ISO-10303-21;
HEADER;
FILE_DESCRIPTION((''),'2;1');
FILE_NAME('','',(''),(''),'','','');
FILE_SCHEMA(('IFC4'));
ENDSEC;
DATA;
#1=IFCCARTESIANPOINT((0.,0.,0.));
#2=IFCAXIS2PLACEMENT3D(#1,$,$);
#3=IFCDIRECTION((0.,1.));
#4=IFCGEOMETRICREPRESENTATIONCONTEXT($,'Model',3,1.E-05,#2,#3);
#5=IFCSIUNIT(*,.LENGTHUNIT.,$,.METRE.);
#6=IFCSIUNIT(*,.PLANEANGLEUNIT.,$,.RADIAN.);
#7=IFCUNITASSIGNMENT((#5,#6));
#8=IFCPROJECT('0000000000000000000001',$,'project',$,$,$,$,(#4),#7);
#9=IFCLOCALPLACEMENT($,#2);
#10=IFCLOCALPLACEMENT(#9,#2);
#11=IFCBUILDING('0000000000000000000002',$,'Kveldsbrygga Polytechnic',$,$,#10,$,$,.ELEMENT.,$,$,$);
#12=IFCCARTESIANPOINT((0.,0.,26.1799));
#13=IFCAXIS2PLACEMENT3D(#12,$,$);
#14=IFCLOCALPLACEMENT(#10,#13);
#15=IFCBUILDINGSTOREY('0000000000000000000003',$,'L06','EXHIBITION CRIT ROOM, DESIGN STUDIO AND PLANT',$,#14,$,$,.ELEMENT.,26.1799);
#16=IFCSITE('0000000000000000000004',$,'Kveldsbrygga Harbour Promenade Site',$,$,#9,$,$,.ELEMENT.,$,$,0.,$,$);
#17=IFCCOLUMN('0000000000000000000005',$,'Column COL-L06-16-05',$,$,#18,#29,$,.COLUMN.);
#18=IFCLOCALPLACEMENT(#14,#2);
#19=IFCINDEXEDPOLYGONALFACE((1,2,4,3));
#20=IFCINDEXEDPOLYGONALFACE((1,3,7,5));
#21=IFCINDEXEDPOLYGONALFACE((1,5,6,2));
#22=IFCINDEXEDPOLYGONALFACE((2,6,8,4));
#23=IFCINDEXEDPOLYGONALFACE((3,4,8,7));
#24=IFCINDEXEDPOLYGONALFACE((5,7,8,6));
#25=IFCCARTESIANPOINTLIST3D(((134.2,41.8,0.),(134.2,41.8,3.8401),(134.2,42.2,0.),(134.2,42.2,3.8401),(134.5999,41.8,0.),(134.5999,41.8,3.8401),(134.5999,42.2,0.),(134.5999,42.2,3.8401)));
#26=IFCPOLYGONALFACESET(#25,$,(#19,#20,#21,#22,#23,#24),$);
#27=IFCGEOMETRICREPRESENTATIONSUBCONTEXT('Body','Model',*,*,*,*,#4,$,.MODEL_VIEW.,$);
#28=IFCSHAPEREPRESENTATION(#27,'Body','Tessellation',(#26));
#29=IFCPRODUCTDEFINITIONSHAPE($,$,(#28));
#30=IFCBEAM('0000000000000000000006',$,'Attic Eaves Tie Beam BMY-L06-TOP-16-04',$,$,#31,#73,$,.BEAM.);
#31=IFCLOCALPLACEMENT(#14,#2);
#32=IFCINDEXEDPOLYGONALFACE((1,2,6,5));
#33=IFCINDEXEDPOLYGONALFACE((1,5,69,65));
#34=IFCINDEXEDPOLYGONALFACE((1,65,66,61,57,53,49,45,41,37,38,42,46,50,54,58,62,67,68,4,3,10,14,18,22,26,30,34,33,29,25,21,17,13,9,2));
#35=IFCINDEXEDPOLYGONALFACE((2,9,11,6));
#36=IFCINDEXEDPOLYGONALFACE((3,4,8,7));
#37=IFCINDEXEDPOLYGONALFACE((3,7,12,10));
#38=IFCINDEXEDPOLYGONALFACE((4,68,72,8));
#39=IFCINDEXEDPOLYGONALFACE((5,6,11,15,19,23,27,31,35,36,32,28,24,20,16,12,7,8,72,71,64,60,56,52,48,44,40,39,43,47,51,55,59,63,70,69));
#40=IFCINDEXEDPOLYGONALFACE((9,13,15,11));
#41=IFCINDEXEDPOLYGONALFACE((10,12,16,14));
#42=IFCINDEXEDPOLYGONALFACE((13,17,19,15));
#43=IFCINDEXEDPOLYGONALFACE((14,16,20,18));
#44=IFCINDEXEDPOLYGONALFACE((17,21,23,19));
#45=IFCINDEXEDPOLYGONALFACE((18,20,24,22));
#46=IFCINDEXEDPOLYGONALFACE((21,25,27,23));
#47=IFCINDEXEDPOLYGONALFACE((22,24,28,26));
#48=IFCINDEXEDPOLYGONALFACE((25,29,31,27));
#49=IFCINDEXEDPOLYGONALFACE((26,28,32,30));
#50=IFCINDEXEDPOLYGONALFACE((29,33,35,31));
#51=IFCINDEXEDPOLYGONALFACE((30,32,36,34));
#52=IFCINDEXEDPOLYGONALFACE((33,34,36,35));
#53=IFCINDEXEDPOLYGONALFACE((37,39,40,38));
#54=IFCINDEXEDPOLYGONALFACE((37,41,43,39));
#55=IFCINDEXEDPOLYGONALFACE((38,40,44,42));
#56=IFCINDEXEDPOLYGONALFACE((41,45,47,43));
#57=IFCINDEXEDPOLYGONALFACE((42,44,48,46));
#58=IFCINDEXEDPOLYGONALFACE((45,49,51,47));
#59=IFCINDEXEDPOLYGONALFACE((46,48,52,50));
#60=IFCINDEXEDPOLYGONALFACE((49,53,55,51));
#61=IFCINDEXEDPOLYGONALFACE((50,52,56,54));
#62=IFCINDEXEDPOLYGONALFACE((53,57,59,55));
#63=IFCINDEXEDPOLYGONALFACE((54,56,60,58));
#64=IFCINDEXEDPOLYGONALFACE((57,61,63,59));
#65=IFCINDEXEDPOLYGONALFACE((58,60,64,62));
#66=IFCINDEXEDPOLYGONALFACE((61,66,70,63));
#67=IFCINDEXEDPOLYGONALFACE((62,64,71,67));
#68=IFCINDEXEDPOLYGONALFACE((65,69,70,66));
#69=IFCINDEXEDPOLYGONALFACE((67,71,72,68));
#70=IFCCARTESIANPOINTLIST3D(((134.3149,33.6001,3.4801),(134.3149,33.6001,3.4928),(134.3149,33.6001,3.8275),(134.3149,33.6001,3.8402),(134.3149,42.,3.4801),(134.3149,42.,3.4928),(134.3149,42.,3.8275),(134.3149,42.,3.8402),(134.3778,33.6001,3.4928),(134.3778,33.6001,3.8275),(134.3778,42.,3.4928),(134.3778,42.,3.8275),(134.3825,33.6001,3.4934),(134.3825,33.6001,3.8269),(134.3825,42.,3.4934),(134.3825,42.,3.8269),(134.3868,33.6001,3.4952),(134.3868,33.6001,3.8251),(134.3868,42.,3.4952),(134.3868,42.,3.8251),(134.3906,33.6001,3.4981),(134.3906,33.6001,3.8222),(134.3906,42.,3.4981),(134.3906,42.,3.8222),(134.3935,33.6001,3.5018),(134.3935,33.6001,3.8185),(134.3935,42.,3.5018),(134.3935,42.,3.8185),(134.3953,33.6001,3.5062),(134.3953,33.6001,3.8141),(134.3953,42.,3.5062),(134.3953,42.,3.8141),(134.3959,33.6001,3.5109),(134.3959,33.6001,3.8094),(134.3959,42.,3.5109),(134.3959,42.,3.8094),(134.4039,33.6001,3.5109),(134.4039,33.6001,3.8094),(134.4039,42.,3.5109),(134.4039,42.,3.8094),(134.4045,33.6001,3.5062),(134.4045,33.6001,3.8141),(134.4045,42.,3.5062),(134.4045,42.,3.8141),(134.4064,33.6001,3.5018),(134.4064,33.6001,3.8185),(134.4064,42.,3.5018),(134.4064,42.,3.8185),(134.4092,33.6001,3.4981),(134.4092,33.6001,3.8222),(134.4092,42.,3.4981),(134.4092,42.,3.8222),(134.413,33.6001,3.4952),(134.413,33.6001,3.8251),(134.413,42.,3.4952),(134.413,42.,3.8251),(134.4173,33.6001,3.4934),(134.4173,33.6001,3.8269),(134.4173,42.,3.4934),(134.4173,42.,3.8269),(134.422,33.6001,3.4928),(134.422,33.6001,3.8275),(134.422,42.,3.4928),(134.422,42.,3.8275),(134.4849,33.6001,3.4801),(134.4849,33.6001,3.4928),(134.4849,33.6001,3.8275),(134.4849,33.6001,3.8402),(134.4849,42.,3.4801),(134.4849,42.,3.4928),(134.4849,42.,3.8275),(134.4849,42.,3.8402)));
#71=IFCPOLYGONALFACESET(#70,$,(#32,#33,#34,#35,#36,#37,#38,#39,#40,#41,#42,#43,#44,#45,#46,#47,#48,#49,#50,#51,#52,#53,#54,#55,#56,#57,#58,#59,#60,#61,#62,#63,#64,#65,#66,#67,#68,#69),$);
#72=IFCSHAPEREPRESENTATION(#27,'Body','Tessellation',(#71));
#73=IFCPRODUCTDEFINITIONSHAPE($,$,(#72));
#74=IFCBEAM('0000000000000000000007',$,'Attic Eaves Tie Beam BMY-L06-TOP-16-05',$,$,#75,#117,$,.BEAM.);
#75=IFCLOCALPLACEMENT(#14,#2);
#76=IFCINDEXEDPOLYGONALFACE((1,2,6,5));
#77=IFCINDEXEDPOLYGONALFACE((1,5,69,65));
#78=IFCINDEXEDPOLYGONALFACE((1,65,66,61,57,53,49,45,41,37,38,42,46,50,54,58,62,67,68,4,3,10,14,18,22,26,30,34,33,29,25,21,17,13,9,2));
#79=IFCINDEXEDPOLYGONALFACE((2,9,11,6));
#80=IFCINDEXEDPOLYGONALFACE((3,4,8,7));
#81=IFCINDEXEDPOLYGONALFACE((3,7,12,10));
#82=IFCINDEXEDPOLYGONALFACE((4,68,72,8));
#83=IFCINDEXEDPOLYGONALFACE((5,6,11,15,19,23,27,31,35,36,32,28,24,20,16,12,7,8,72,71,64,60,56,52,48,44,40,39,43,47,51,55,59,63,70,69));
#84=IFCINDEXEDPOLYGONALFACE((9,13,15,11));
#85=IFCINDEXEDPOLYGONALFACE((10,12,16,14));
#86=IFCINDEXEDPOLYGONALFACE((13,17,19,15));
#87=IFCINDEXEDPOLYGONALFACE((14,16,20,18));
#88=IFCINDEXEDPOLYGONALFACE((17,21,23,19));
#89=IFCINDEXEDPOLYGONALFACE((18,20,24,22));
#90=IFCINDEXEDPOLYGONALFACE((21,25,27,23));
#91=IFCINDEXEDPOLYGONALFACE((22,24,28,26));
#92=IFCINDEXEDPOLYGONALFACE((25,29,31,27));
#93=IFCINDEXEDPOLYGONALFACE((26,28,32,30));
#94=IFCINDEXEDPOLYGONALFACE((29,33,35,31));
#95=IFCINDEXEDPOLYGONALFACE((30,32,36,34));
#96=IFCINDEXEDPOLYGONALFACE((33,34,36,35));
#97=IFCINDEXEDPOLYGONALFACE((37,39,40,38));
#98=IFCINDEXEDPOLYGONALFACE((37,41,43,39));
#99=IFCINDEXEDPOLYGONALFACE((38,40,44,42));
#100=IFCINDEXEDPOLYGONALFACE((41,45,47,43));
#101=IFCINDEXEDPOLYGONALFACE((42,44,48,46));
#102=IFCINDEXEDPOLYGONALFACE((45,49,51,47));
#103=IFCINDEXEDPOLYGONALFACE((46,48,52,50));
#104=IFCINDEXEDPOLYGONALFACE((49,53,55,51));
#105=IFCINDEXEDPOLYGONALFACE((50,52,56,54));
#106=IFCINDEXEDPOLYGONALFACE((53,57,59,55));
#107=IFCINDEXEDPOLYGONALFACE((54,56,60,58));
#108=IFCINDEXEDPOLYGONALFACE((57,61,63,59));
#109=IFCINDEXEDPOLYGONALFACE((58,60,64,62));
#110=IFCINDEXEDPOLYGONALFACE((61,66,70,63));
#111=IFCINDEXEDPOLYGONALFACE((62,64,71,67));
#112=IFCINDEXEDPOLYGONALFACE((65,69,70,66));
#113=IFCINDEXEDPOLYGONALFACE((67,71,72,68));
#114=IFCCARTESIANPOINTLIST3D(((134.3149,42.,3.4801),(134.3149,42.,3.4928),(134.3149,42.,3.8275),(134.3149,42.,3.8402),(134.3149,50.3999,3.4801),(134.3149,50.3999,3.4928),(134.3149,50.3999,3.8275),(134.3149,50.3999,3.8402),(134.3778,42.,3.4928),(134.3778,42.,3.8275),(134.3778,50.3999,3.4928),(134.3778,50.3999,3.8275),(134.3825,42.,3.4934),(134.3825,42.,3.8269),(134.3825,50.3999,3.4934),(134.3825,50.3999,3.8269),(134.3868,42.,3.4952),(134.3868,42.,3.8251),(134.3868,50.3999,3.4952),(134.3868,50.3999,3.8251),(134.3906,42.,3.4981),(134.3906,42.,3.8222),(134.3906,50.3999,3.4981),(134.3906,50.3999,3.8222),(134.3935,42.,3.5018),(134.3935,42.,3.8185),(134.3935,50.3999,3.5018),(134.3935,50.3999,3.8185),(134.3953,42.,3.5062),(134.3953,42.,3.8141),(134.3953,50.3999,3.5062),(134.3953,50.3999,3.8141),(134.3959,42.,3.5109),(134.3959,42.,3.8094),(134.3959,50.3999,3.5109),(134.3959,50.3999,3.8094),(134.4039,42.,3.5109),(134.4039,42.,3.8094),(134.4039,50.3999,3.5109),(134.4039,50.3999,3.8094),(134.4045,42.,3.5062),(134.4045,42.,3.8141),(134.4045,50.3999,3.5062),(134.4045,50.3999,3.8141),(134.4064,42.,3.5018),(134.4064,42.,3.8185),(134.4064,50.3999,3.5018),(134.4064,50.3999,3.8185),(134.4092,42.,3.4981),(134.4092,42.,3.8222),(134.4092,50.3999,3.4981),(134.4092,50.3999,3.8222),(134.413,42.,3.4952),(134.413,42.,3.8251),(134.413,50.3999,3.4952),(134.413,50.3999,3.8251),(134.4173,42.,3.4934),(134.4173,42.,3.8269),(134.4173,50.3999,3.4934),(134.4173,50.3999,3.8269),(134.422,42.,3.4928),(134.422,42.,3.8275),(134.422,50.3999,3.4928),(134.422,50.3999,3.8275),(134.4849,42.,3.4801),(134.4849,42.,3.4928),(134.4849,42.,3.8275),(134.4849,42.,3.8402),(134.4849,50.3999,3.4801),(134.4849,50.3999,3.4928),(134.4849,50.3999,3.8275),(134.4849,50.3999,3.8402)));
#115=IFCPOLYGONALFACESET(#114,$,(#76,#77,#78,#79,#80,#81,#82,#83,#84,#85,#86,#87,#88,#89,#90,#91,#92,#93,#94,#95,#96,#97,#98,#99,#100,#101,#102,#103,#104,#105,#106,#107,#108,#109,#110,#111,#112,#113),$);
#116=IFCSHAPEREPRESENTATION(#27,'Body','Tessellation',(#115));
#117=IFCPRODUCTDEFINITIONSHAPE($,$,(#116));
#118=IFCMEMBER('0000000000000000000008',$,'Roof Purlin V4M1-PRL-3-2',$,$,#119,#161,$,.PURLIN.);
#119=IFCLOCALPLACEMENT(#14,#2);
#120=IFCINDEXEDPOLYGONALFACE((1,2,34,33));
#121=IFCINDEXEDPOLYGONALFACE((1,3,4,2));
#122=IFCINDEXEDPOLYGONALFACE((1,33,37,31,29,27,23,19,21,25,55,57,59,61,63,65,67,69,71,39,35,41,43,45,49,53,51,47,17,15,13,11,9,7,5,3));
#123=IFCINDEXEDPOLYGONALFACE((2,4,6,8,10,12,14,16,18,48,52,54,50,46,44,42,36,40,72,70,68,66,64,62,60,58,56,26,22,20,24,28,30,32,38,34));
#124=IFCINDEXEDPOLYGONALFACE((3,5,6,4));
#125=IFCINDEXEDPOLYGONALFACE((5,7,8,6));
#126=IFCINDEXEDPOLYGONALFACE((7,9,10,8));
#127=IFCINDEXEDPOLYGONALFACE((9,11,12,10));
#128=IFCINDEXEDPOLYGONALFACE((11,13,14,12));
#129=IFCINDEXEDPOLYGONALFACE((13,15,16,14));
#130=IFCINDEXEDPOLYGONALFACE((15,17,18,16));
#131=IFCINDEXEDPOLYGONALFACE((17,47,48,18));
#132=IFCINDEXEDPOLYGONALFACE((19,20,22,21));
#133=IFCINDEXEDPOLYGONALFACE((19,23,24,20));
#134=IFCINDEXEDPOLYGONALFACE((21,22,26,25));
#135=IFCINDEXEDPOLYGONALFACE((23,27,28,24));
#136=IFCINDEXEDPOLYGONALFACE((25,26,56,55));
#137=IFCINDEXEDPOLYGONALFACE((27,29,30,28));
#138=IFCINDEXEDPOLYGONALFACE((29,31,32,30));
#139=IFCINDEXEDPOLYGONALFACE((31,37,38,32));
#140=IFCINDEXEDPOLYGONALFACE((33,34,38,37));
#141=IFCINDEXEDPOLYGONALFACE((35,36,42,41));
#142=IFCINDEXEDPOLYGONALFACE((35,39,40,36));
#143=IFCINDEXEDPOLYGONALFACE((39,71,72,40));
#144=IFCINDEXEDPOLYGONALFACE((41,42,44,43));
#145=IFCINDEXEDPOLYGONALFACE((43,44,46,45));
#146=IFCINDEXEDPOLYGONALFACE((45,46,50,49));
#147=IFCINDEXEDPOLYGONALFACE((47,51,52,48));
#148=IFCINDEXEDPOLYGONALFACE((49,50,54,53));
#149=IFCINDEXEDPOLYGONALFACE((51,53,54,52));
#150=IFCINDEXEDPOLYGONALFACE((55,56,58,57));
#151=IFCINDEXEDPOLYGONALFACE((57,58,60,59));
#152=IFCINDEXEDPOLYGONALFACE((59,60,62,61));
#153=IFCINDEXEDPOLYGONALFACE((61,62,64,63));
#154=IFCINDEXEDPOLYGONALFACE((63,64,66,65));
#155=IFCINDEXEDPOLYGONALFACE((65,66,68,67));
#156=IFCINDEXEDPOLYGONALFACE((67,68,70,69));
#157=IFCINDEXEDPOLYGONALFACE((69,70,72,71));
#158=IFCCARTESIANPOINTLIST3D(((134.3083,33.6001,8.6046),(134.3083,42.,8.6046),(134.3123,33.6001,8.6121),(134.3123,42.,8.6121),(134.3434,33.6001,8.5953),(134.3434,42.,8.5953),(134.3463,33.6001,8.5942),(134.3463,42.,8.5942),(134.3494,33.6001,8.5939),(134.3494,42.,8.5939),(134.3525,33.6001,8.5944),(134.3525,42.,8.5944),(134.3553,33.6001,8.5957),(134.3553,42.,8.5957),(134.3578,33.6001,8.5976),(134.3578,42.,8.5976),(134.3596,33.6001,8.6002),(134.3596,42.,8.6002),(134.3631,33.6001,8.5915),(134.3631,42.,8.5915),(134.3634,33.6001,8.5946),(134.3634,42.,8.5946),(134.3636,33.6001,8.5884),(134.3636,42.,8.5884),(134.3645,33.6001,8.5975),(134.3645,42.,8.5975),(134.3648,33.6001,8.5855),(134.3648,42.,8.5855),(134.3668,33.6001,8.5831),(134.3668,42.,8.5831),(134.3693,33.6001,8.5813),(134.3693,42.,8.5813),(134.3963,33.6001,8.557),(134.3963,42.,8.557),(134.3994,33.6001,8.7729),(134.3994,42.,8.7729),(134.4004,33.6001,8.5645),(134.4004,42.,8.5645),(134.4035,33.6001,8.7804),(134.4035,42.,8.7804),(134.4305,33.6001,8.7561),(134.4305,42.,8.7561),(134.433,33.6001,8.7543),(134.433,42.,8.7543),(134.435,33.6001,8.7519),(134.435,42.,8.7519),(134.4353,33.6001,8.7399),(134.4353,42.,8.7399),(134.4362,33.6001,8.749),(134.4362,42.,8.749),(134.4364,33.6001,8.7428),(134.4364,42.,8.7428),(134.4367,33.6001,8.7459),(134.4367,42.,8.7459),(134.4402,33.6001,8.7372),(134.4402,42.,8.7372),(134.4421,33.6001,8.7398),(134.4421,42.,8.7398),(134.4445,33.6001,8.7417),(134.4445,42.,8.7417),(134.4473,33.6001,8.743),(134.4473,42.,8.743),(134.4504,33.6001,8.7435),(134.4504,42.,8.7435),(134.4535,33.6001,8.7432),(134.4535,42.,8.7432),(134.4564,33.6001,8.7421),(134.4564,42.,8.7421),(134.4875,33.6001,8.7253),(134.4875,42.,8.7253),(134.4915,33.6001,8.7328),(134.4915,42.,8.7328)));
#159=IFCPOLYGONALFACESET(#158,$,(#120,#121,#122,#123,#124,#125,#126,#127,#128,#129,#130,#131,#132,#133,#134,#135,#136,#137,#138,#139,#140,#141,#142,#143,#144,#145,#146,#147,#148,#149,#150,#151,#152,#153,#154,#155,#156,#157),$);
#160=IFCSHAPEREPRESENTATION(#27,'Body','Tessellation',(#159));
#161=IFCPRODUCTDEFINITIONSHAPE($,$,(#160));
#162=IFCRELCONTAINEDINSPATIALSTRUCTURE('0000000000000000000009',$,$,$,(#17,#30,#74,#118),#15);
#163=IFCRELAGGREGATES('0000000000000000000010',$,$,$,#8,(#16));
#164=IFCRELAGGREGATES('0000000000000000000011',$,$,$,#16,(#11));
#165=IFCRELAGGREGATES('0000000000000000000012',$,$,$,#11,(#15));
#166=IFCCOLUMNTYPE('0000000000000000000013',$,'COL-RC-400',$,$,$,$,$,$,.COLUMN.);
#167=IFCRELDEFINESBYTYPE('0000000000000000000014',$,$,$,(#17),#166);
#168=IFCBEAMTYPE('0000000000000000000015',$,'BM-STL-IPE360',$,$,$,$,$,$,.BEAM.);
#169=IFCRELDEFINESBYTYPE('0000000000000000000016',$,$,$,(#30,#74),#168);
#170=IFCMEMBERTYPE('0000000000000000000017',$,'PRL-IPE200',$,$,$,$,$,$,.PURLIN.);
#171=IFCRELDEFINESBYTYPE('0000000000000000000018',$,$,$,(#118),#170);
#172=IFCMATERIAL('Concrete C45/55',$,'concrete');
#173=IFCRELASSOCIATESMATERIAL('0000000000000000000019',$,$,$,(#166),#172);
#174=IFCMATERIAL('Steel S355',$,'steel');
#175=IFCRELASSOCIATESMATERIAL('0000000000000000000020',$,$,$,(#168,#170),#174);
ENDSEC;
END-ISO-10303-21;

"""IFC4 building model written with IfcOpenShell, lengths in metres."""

from ifc_helpers import new_model, si_unit, direction, frame, origin, origin_2d, place, context, subcontext, project, spatial, rectangle, i_section, extrude, material, material_profile, profile_set, type_object, element, save


model = new_model("IFC4")

# Units and contexts
model_context = context("Model", 3, precision=1e-05, world=origin(), true_north=direction((0.0, 1.0)))
body_context = subcontext(model_context, "Body", "Model", "MODEL_VIEW")
ifc_project = project(units=[si_unit("LENGTHUNIT", "METRE"), si_unit("PLANEANGLEUNIT", "RADIAN")], contexts=[model_context])

# Site, building, storey
site_placement = place(None, origin())
site = spatial("IfcSite", under=ifc_project, at=site_placement, Name="Kveldsbrygga Harbour Promenade Site", CompositionType="ELEMENT", RefElevation=0.0)
building_placement = place(site_placement, origin())
building = spatial("IfcBuilding", under=site, at=building_placement, Name="Kveldsbrygga Polytechnic", CompositionType="ELEMENT")
storey_placement = place(building_placement, frame((0.0, 0.0, 26.1799)))
storey = spatial("IfcBuildingStorey", under=building, at=storey_placement, Name="L06", Description="EXHIBITION CRIT ROOM, DESIGN STUDIO AND PLANT", CompositionType="ELEMENT", Elevation=26.1799)

# Column
ifc_material_1 = material(Name="Concrete C45/55", Category="concrete")
ifc_material_profile_1 = material_profile(ifc_material_1, rectangle(XDim=0.3999, YDim=0.3999, at=origin_2d()), Name="RC 400x400")
ifc_profile_set_1 = profile_set([ifc_material_profile_1], Name="Concrete C45/55")
column_type = type_object("IfcColumnType", Name="COL-RC-400", PredefinedType="COLUMN", material=ifc_profile_set_1)
column_placement = place(storey_placement, frame((134.3999, 42.0, 0.0), z_axis=(0.0, 0.0, 1.0), x_axis=(1.0, 0.0, 0.0)))
element("IfcColumn", 1, at=column_placement, inside=storey, type_object=column_type, Name="Column COL-L06-16-05", PredefinedType="COLUMN", context=body_context, shape_type="SweptSolid", body=[
    extrude(rectangle(XDim=0.3999, YDim=0.3999, at=origin_2d()), origin(), (0.0, 0.0, 1.0), 3.8401),
])

# Beams
ifc_material_2 = material(Name="Steel S355", Category="steel")
ifc_material_profile_2 = material_profile(ifc_material_2, i_section(OverallWidth=0.1699, OverallDepth=0.3601, WebThickness=0.0081, FlangeThickness=0.0127, FilletRadius=0.0181, at=origin_2d()), Name="IPE 360")
ifc_profile_set_2 = profile_set([ifc_material_profile_2], Name="Steel S355")
beam_type = type_object("IfcBeamType", Name="BM-STL-IPE360", PredefinedType="BEAM", material=ifc_profile_set_2)
for number, where, z_axis, x_axis, name in (
    (2, (134.3999, 33.6001, 3.6602), (0.0, 1.0, 0.0), (-1.0, 0.0, 0.0), "Attic Eaves Tie Beam BMY-L06-TOP-16-04"),
    (3, (134.3999, 42.0, 3.6602), (0.0, 1.0, 0.0), (-1.0, 0.0, 0.0), "Attic Eaves Tie Beam BMY-L06-TOP-16-05"),
):
    element("IfcBeam", number, at=place(storey_placement, frame(where, z_axis=z_axis, x_axis=x_axis)), inside=storey, type_object=beam_type, Name=name, PredefinedType="BEAM", context=body_context, shape_type="SweptSolid", body=[
        extrude(i_section(OverallWidth=0.1699, OverallDepth=0.3601, WebThickness=0.0081, FlangeThickness=0.0127, FilletRadius=0.0181, at=origin_2d()), origin(), (0.0, 0.0, 1.0), 8.3999),
    ])

# Member
ifc_material_profile_3 = material_profile(ifc_material_2, i_section(OverallWidth=0.1001, OverallDepth=0.2, WebThickness=0.0056, FlangeThickness=0.0085, FilletRadius=0.012, at=origin_2d()), Name="IPE 200")
ifc_profile_set_3 = profile_set([ifc_material_profile_3], Name="Steel S355")
member_type_1 = type_object("IfcMemberType", Name="PRL-IPE200", PredefinedType="PURLIN", material=ifc_profile_set_3)
for number, where, z_axis, x_axis, name in (
    (4, (134.3999, 33.6001, 8.6687), (0.0, 1.0, 0.0), (-0.879292, 0.0, 0.476283), "Roof Purlin V4M1-PRL-3-2"),
):
    element("IfcMember", number, at=place(storey_placement, frame(where, z_axis=z_axis, x_axis=x_axis)), inside=storey, type_object=member_type_1, Name=name, PredefinedType="PURLIN", context=body_context, shape_type="SweptSolid", body=[
        extrude(i_section(OverallWidth=0.1001, OverallDepth=0.2, WebThickness=0.0056, FlangeThickness=0.0085, FilletRadius=0.012, at=origin_2d()), origin(), (0.0, 0.0, 1.0), 8.3999),
    ])

save(model, "model.ifc")
